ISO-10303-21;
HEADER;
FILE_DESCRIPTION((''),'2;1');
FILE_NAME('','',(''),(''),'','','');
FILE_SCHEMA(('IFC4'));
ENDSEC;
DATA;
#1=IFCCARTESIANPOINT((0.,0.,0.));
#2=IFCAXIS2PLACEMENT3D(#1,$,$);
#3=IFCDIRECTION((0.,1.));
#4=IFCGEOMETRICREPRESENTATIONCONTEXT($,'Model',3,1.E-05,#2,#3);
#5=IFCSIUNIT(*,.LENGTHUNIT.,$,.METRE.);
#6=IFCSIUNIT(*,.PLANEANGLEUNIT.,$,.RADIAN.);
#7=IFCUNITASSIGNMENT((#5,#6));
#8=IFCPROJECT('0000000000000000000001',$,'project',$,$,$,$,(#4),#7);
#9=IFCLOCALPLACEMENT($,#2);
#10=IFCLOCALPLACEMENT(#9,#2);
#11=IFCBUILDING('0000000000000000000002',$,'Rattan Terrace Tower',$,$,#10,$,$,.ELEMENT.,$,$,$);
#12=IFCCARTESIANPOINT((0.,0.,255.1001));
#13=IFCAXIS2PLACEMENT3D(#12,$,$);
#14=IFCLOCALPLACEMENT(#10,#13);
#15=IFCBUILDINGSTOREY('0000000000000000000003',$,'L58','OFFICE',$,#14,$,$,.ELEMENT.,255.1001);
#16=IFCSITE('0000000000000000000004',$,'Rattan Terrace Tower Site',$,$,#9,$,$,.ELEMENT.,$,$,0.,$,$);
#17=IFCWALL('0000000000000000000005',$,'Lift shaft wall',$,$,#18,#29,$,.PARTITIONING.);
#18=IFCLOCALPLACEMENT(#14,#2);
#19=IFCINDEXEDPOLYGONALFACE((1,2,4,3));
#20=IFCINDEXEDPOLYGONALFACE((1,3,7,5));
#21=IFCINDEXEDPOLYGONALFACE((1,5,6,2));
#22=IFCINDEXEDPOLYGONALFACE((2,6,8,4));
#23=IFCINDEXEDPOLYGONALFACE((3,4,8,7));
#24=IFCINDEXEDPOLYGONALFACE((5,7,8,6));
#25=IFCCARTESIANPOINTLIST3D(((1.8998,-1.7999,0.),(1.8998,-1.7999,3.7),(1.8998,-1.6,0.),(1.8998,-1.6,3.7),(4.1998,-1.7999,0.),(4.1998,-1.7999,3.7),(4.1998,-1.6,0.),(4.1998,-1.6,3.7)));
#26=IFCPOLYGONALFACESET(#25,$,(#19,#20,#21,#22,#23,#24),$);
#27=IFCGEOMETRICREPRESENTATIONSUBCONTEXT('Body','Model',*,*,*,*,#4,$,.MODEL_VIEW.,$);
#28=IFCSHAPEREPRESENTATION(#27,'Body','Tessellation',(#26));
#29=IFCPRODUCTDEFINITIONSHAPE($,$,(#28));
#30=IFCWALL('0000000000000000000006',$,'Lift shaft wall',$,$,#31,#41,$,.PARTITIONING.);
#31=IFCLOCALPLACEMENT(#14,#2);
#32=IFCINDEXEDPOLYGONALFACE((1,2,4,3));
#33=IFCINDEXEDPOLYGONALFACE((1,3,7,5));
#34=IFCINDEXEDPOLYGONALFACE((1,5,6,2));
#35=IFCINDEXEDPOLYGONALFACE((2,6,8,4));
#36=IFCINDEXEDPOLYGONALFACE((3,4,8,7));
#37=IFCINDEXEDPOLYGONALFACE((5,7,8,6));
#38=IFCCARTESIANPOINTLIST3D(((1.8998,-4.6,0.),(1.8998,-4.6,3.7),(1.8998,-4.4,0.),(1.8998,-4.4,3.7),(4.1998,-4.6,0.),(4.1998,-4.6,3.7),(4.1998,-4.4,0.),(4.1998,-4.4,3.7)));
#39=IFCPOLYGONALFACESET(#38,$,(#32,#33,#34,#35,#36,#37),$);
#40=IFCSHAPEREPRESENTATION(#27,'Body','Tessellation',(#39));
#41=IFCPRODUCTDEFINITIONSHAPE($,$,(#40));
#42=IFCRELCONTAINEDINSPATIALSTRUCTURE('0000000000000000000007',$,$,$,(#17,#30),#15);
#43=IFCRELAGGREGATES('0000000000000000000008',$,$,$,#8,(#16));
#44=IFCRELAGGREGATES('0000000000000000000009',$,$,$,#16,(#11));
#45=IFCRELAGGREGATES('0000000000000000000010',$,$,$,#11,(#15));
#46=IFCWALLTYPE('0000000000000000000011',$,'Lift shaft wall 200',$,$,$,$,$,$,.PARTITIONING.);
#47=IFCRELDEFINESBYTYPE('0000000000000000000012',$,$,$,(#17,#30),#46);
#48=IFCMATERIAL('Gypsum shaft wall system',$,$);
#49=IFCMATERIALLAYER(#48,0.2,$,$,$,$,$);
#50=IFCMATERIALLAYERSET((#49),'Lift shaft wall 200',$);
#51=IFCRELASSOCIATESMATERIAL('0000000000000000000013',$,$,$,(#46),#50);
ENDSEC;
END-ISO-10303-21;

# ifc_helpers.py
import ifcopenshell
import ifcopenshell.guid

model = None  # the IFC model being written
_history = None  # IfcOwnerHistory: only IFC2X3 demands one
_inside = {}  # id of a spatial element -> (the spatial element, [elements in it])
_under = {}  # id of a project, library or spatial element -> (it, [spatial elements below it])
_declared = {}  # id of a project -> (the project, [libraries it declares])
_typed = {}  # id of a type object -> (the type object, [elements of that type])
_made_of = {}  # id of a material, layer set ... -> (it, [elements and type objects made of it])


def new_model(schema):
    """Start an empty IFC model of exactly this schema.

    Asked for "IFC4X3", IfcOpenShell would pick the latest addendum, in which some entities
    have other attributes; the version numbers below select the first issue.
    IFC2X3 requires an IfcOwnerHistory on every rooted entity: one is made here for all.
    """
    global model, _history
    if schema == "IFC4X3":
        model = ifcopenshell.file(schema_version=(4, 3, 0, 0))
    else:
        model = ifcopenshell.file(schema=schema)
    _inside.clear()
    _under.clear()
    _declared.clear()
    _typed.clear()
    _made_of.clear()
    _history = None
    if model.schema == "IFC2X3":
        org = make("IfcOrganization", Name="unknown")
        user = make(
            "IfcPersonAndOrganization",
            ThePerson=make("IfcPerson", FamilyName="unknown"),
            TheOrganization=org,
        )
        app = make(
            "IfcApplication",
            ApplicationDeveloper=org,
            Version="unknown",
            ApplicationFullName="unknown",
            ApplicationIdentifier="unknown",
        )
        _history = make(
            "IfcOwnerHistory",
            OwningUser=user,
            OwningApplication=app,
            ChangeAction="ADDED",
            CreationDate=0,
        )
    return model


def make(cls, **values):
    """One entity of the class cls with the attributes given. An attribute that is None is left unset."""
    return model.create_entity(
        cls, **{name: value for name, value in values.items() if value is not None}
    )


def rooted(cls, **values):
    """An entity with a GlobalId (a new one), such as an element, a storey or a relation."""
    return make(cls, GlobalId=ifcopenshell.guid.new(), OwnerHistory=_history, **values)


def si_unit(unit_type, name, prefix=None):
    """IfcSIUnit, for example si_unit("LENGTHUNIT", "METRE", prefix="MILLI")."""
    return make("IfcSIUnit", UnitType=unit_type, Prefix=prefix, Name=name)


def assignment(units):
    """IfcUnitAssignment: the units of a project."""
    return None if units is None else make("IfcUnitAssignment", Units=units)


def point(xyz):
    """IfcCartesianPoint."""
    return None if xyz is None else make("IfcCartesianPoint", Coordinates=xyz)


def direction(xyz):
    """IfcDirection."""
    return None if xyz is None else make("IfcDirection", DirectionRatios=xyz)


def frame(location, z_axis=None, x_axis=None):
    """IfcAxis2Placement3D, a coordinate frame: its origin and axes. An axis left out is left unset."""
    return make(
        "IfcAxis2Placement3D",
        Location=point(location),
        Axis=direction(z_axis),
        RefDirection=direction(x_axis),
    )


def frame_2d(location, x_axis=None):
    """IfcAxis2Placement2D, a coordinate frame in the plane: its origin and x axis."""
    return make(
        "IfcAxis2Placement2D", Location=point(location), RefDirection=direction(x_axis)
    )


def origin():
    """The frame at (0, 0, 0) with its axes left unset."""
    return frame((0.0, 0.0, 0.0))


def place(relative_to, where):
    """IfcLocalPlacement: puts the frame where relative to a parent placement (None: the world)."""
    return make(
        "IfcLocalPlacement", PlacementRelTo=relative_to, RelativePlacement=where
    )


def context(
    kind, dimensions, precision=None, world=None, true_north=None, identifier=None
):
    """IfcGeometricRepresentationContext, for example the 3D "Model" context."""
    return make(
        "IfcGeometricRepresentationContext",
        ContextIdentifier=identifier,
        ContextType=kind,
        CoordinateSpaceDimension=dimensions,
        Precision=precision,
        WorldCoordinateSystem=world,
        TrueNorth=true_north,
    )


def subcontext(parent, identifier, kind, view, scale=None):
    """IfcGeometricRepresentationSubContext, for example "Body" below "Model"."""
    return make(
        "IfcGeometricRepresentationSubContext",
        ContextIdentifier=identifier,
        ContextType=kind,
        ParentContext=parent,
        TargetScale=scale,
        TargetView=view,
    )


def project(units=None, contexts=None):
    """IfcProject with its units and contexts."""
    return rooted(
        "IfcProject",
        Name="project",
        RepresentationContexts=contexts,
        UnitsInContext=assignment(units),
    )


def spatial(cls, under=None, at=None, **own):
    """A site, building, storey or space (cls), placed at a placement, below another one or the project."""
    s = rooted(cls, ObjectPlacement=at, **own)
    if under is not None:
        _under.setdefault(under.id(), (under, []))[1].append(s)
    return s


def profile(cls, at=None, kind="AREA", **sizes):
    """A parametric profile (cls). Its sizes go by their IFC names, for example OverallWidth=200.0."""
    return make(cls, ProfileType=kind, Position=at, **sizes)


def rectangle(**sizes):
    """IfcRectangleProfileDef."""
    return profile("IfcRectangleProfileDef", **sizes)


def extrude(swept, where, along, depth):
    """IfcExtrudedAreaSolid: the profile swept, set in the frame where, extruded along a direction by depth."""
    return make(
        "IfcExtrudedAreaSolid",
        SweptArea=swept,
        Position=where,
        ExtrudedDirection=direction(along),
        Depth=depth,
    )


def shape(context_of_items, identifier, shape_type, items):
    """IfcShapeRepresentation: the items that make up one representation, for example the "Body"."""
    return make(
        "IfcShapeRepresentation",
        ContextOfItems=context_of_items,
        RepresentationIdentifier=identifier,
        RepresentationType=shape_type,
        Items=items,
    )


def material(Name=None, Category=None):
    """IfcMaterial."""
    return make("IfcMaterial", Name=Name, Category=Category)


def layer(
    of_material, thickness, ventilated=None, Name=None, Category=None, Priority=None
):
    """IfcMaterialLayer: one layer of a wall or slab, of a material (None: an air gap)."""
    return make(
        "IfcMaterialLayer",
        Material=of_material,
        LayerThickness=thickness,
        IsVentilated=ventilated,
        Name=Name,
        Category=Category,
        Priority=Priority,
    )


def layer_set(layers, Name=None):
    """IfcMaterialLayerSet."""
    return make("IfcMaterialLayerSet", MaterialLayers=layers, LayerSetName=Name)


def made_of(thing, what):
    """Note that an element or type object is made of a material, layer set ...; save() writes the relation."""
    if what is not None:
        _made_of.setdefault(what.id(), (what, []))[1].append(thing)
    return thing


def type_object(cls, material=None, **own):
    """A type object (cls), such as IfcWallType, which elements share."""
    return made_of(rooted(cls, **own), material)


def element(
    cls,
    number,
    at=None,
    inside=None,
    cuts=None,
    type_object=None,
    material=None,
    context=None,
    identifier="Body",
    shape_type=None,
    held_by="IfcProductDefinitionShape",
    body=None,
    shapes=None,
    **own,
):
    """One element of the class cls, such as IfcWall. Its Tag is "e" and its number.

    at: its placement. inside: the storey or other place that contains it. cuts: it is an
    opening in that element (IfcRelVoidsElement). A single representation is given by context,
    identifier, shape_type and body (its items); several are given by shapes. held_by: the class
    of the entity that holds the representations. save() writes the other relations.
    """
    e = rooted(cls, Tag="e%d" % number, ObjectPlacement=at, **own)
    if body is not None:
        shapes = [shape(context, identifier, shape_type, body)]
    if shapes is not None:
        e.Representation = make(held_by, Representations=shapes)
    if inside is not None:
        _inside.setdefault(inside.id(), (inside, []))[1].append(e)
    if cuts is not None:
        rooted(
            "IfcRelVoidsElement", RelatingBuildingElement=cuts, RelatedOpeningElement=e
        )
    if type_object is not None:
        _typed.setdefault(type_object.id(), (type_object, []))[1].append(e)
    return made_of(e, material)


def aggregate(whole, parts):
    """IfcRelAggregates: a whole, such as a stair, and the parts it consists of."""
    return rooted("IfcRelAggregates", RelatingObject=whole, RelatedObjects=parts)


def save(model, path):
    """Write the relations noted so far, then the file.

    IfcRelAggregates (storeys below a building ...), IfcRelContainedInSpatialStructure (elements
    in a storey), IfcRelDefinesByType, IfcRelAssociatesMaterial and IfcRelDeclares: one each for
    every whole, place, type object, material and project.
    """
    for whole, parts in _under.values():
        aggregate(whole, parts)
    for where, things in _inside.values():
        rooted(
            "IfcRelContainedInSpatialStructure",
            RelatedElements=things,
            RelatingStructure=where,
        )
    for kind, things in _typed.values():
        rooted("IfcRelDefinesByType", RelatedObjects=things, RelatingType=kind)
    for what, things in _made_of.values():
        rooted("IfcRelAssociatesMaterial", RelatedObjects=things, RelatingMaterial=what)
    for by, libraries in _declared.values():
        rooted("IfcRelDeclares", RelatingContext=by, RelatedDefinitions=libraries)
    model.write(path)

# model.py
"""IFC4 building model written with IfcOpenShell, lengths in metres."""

from ifc_helpers import new_model, si_unit, direction, frame, frame_2d, origin, place, context, subcontext, project, spatial, rectangle, extrude, material, layer, layer_set, type_object, element, save


model = new_model("IFC4")

# Units and contexts
model_context = context("Model", 3, precision=1e-05, world=origin(), true_north=direction((0.0, 1.0)))
body_context = subcontext(model_context, "Body", "Model", "MODEL_VIEW")
ifc_project = project(units=[si_unit("LENGTHUNIT", "METRE"), si_unit("PLANEANGLEUNIT", "RADIAN")], contexts=[model_context])

# Site, building, storey
site_placement = place(None, origin())
site = spatial("IfcSite", under=ifc_project, at=site_placement, Name="Rattan Terrace Tower Site", CompositionType="ELEMENT", RefElevation=0.0)
building_placement = place(site_placement, origin())
building = spatial("IfcBuilding", under=site, at=building_placement, Name="Rattan Terrace Tower", CompositionType="ELEMENT")
storey_placement = place(building_placement, frame((0.0, 0.0, 255.1001)))
storey = spatial("IfcBuildingStorey", under=building, at=storey_placement, Name="L58", Description="OFFICE", CompositionType="ELEMENT", Elevation=255.1001)

# Shared definitions
ifc_material_1 = material(Name="Gypsum shaft wall system")
ifc_layer_1 = layer(ifc_material_1, 0.2)
ifc_layer_set_1 = layer_set([ifc_layer_1], Name="Lift shaft wall 200")
wall_type_1 = type_object("IfcWallType", Name="Lift shaft wall 200", PredefinedType="PARTITIONING", material=ifc_layer_set_1)

# Walls
for number, where, z_axis, x_axis, name in (
    (1, (1.8999, -1.7, 0.0), (0.0, 0.0, 1.0), (1.0, 0.0, 0.0), "Lift shaft wall"),
    (2, (1.8999, -4.5, 0.0), (0.0, 0.0, 1.0), (1.0, 0.0, 0.0), "Lift shaft wall"),
):
    element("IfcWall", number, at=place(storey_placement, frame(where, z_axis=z_axis, x_axis=x_axis)), inside=storey, type_object=wall_type_1, Name=name, PredefinedType="PARTITIONING", context=body_context, shape_type="SweptSolid", body=[
        extrude(rectangle(XDim=2.3, YDim=0.2, at=frame_2d((1.1499, 0.0))), origin(), (0.0, 0.0, 1.0), 3.7),
    ])

save(model, "model.ifc")
